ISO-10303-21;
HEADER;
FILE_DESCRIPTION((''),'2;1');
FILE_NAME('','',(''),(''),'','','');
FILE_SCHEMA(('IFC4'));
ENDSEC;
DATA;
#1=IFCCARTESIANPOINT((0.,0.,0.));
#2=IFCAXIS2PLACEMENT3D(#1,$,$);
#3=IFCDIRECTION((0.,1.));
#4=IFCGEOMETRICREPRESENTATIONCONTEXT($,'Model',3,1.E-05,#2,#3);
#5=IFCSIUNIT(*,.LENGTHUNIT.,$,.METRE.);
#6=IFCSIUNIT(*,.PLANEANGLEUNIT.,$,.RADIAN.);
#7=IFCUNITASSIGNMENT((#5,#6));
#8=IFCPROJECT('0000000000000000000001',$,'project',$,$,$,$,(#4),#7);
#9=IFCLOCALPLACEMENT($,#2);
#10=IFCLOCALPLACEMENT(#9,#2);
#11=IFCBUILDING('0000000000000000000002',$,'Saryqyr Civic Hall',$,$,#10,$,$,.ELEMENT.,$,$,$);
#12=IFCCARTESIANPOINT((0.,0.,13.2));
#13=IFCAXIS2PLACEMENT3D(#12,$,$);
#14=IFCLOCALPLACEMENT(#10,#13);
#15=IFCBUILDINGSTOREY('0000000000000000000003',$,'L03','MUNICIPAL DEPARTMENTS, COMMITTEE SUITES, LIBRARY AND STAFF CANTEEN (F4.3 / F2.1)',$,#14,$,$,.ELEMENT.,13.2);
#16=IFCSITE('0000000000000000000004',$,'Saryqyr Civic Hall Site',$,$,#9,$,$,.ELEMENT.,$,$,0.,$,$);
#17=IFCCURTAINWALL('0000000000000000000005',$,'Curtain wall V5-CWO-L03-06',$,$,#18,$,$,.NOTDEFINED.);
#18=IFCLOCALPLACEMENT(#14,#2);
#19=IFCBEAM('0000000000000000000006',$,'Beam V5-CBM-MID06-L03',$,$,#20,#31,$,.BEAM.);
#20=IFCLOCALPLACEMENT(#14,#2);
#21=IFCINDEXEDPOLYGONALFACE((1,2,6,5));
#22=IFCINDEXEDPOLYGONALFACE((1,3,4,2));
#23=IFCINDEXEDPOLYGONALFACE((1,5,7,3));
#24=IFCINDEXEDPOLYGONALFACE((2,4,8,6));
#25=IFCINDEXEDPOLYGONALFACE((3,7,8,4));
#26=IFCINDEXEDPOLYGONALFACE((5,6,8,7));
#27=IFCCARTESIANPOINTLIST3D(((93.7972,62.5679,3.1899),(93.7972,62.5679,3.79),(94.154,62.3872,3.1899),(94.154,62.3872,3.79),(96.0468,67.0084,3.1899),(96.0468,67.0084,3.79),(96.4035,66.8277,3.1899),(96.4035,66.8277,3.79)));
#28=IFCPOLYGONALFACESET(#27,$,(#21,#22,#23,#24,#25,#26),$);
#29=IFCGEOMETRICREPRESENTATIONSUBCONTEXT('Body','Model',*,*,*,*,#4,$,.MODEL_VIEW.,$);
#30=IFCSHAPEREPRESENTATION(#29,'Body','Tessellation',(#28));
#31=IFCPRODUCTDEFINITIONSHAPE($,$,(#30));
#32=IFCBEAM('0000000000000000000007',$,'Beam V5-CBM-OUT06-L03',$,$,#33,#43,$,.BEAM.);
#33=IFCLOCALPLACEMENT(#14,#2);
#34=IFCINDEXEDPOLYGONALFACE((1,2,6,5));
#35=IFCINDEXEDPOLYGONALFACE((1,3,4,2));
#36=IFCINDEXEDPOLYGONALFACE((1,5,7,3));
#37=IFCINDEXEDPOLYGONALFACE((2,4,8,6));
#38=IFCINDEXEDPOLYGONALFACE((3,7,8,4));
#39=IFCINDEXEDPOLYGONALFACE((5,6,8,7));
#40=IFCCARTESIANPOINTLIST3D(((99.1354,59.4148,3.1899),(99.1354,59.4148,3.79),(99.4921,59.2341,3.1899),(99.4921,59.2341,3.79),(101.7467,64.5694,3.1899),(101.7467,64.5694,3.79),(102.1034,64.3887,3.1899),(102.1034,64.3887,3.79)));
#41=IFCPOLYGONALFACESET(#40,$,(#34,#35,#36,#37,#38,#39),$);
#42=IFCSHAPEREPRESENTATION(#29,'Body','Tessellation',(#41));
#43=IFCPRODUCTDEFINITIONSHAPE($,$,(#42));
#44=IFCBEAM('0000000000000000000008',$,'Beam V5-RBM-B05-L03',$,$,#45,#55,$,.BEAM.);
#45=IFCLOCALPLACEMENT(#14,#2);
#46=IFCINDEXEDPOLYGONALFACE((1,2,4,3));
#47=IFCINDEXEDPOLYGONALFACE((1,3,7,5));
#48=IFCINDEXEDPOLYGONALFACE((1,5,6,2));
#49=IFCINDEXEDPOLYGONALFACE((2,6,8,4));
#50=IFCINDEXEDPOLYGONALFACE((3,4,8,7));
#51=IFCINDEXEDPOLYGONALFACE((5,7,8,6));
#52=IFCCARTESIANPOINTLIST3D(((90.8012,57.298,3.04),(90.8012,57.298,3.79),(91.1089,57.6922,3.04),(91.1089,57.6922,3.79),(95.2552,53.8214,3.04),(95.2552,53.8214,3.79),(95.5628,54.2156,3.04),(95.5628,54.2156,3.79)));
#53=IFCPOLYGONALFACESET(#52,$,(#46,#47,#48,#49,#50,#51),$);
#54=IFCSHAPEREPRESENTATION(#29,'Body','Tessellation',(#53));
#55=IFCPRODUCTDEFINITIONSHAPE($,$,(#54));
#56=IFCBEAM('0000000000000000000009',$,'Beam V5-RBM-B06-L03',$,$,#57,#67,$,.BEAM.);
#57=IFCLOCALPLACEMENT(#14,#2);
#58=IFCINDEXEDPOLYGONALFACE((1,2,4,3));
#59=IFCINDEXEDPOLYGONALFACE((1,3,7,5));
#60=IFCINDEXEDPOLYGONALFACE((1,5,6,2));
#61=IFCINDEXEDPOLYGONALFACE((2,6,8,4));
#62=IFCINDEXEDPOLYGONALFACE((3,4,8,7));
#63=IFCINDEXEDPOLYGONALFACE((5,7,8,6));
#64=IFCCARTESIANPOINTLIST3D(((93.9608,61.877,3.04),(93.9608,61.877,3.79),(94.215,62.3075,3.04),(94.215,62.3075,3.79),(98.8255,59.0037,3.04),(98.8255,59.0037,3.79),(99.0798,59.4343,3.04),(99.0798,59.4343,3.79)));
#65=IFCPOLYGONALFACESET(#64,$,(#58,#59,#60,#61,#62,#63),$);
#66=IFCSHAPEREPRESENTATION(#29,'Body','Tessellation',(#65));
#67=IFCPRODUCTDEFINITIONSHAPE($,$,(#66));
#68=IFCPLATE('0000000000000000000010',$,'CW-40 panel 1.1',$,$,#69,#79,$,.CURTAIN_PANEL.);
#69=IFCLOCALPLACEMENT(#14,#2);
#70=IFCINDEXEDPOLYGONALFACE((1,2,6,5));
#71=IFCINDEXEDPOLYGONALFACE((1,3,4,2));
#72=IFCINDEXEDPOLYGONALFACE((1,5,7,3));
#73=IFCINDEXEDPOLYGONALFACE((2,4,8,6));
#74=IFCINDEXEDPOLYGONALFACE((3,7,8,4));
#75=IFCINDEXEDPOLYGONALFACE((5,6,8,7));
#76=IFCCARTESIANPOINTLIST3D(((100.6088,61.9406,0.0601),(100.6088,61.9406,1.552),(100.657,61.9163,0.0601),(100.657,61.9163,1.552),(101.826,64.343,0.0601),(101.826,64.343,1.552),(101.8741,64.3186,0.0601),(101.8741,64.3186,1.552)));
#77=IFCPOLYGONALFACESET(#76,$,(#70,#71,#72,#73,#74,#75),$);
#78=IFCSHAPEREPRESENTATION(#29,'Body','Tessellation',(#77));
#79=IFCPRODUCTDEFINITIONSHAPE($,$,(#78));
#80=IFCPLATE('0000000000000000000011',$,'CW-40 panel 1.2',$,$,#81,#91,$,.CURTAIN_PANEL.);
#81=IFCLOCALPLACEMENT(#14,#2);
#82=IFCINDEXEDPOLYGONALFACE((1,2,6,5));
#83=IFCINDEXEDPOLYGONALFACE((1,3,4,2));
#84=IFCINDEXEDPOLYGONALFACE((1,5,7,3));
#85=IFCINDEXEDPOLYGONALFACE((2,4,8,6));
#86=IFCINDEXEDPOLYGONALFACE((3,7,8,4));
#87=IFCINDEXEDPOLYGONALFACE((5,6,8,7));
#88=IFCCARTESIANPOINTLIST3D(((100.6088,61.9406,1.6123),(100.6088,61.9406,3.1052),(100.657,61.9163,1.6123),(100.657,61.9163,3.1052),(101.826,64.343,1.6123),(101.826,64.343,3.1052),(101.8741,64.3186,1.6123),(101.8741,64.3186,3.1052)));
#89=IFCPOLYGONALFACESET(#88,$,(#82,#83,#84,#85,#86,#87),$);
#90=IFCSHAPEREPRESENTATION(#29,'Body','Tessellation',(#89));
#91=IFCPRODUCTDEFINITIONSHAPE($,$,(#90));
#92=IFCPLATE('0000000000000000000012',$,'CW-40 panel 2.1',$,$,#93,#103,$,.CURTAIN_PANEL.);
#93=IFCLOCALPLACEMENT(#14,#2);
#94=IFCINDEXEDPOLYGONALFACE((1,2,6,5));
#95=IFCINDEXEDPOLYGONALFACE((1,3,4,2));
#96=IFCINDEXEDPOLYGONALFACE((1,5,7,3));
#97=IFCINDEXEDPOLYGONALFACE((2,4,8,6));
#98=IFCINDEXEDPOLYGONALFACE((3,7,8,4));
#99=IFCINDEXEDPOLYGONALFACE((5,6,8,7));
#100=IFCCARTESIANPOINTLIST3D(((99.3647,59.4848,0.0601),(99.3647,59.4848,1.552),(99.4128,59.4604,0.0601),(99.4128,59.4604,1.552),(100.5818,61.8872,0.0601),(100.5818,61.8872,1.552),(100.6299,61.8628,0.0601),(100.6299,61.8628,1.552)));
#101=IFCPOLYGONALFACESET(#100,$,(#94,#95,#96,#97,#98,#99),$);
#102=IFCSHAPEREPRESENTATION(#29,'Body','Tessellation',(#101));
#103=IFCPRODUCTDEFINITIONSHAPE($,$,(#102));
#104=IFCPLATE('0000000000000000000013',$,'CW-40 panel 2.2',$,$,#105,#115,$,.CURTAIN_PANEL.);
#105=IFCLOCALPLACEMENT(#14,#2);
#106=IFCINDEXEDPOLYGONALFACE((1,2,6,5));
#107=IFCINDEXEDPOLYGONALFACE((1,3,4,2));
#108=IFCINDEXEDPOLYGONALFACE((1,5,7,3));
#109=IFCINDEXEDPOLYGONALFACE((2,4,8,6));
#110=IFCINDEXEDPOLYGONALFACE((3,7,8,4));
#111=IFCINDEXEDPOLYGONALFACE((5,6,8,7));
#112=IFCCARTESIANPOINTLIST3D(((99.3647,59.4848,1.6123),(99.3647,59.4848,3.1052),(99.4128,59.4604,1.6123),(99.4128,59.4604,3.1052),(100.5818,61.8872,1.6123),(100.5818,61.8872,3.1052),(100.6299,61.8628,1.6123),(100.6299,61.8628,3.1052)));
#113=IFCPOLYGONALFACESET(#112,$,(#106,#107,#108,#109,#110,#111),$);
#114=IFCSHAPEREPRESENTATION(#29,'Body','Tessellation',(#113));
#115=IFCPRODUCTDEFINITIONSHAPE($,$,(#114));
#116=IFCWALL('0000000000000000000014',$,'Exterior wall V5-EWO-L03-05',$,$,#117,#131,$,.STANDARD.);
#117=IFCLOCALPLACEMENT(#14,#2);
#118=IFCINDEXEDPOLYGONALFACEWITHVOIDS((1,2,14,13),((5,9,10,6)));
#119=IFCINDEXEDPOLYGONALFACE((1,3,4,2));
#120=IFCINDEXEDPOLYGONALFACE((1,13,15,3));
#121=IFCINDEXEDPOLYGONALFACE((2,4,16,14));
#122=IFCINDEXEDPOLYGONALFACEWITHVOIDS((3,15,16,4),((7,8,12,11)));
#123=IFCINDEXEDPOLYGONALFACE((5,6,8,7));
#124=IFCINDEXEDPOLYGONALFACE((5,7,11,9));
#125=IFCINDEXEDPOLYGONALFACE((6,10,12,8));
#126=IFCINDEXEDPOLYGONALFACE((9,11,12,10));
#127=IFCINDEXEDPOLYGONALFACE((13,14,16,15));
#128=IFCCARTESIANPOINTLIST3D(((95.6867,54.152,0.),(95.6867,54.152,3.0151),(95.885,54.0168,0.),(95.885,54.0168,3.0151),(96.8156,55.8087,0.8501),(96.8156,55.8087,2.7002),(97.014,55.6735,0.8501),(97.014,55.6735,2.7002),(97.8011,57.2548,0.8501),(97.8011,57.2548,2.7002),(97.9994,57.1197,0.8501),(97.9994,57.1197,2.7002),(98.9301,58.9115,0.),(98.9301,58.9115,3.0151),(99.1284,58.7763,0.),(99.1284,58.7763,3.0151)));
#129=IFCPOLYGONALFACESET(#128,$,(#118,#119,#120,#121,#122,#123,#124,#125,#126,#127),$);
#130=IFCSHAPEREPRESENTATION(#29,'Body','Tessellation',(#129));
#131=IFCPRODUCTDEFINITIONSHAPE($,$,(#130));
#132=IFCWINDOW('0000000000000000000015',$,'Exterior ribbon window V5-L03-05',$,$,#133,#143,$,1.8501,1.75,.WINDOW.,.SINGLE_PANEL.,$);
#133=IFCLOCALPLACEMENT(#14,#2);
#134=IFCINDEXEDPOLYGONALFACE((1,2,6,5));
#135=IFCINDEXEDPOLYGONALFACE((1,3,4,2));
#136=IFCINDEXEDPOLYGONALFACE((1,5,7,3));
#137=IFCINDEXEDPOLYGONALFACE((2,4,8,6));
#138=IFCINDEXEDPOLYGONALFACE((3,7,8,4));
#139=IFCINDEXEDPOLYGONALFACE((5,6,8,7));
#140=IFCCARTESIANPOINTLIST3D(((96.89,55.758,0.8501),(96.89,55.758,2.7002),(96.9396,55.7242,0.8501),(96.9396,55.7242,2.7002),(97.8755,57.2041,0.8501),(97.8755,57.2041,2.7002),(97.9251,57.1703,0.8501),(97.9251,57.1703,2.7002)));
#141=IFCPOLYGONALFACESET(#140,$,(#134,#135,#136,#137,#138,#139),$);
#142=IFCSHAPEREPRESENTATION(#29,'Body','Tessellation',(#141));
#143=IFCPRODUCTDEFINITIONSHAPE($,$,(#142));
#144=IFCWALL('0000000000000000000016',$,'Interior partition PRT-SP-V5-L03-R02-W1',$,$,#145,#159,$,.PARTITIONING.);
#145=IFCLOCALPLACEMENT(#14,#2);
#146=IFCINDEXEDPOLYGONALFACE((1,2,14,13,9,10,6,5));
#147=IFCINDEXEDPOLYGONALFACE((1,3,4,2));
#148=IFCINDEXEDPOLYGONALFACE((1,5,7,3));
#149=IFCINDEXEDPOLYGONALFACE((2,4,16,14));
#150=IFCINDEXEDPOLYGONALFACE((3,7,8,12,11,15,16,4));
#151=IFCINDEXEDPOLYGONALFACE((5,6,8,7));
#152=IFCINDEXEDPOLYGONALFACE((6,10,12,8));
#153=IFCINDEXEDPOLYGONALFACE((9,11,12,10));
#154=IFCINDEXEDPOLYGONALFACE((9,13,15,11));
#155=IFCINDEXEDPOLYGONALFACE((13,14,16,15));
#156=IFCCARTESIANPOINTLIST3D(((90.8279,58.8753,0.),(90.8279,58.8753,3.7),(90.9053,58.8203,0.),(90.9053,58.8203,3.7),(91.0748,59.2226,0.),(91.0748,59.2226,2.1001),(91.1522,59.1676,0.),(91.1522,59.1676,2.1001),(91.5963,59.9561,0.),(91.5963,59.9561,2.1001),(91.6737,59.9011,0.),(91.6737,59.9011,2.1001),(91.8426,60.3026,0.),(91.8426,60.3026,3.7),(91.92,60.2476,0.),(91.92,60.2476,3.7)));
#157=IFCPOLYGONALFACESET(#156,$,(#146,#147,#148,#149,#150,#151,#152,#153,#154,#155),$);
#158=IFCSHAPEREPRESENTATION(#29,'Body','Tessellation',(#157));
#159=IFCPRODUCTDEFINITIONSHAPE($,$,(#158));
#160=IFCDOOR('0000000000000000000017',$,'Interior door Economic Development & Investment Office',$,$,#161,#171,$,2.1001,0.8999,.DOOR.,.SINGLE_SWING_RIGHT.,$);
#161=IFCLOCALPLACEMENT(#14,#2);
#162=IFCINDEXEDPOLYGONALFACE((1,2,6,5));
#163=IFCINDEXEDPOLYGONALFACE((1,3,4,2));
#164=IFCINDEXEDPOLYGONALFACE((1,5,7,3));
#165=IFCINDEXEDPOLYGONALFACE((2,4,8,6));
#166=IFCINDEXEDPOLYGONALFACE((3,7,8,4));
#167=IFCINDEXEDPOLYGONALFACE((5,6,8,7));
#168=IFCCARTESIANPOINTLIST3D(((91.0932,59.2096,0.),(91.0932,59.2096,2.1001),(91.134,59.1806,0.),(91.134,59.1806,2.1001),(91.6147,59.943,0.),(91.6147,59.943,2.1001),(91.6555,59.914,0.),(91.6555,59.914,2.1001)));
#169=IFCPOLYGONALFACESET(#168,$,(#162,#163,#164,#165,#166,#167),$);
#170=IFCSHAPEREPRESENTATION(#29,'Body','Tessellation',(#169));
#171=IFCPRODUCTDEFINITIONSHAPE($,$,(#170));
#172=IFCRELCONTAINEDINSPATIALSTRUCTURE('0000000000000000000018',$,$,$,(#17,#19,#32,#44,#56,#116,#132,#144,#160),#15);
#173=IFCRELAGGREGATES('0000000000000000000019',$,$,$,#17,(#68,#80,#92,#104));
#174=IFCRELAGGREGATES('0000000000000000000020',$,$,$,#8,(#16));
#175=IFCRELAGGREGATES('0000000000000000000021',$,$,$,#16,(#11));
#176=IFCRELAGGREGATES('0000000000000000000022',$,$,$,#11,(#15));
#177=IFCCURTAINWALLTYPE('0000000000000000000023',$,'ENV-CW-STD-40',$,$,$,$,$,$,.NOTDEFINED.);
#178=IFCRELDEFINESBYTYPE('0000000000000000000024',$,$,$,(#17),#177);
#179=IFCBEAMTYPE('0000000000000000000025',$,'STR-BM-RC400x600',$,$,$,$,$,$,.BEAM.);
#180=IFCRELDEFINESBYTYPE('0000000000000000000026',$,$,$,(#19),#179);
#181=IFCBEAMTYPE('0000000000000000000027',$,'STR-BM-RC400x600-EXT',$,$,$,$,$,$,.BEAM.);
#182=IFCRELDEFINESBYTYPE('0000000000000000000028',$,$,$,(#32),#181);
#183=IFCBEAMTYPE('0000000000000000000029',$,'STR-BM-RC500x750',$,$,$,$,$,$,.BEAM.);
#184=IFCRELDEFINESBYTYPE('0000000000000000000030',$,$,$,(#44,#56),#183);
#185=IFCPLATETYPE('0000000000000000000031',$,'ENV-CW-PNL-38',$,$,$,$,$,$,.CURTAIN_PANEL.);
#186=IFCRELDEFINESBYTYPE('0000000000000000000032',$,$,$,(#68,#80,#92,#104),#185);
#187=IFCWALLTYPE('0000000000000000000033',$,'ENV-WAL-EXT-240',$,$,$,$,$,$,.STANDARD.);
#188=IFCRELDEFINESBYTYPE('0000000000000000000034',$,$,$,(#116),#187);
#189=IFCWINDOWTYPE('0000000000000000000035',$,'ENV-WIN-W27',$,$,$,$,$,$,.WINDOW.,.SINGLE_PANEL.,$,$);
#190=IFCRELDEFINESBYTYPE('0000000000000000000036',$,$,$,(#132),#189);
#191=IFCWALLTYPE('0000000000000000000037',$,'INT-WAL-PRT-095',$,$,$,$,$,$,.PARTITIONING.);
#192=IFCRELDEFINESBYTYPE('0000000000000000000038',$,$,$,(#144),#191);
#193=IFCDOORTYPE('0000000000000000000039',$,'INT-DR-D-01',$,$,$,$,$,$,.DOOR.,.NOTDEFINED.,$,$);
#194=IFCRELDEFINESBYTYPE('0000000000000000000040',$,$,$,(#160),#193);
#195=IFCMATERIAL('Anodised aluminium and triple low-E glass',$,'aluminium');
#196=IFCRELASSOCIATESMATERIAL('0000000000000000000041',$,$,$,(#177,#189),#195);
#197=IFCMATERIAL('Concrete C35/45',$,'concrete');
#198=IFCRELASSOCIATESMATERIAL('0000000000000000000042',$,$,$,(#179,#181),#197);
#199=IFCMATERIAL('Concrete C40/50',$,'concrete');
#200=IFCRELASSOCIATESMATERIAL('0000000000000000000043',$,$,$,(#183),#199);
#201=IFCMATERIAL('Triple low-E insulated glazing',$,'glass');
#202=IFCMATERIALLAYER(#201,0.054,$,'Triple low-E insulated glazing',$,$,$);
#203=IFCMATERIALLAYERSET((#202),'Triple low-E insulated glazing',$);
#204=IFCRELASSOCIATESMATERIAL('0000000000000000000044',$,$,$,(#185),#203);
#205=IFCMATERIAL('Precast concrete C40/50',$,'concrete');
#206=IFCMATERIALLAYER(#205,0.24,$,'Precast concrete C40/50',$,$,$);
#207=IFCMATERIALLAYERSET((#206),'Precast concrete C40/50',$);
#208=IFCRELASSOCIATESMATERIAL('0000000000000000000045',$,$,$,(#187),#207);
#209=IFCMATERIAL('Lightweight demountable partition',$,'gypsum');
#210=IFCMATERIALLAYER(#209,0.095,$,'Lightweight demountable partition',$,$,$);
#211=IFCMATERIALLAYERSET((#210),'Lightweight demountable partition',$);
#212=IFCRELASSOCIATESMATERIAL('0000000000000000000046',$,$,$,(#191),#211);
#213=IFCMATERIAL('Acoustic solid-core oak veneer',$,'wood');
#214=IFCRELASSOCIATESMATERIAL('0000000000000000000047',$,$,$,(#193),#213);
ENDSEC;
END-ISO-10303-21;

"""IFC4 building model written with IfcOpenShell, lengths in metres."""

from ifc_helpers import new_model, si_unit, direction, frame, frame_2d, origin, origin_2d, place, context, subcontext, project, spatial, rectangle, extrude, material, layer, layer_set, material_profile, profile_set, type_object, element, fill, aggregate, save


model = new_model("IFC4")

# Units and contexts
model_context = context("Model", 3, precision=1e-05, world=origin(), true_north=direction((0.0, 1.0)))
body_context = subcontext(model_context, "Body", "Model", "MODEL_VIEW")
ifc_project = project(units=[si_unit("LENGTHUNIT", "METRE"), si_unit("PLANEANGLEUNIT", "RADIAN")], contexts=[model_context])

# Site, building, storey
site_placement = place(None, origin())
site = spatial("IfcSite", under=ifc_project, at=site_placement, Name="Saryqyr Civic Hall Site", CompositionType="ELEMENT", RefElevation=0.0)
building_placement = place(site_placement, origin())
building = spatial("IfcBuilding", under=site, at=building_placement, Name="Saryqyr Civic Hall", CompositionType="ELEMENT")
storey_placement = place(building_placement, frame((0.0, 0.0, 13.2)))
storey = spatial("IfcBuildingStorey", under=building, at=storey_placement, Name="L03", Description="MUNICIPAL DEPARTMENTS, COMMITTEE SUITES, LIBRARY AND STAFF CANTEEN (F4.3 / F2.1)", CompositionType="ELEMENT", Elevation=13.2)

# Shared definitions
ifc_material_1 = material(Name="Concrete C40/50", Category="concrete")

# Curtain wall
ifc_material_2 = material(Name="Anodised aluminium and triple low-E glass", Category="aluminium")
curtain_wall_type = type_object("IfcCurtainWallType", Name="ENV-CW-STD-40", PredefinedType="NOTDEFINED", material=ifc_material_2)
curtain_wall_placement = place(storey_placement, origin())
curtain_wall = element("IfcCurtainWall", 1, at=curtain_wall_placement, inside=storey, type_object=curtain_wall_type, Name="Curtain wall V5-CWO-L03-06", PredefinedType="NOTDEFINED")

# Beams
ifc_material_3 = material(Name="Concrete C35/45", Category="concrete")
ifc_material_profile_1 = material_profile(ifc_material_3, rectangle(XDim=0.3999, YDim=0.6001, at=origin_2d()), Name="RC 400x600")
ifc_profile_set_1 = profile_set([ifc_material_profile_1], Name="Concrete C35/45")
beam_type_1 = type_object("IfcBeamType", Name="STR-BM-RC400x600", PredefinedType="BEAM", material=ifc_profile_set_1)
beam_1_placement = place(storey_placement, frame((93.9756, 62.4775, 3.49), z_axis=(0.451916, 0.892061, 0.0), x_axis=(-0.892061, 0.451916, 0.0)))
element("IfcBeam", 2, at=beam_1_placement, inside=storey, type_object=beam_type_1, Name="Beam V5-CBM-MID06-L03", PredefinedType="BEAM", context=body_context, shape_type="SweptSolid", body=[
    extrude(rectangle(XDim=0.3999, YDim=0.6001, at=origin_2d()), origin(), (0.0, 0.0, 1.0), 4.9778),
])
ifc_material_profile_2 = material_profile(ifc_material_3, rectangle(XDim=0.3999, YDim=0.6001, at=origin_2d()), Name="RC 400x600")
ifc_profile_set_2 = profile_set([ifc_material_profile_2], Name="Concrete C35/45")
beam_type_2 = type_object("IfcBeamType", Name="STR-BM-RC400x600-EXT", PredefinedType="BEAM", material=ifc_profile_set_2)
beam_2_placement = place(storey_placement, frame((99.3137, 59.3245, 3.49), z_axis=(0.451923, 0.892057, 0.0), x_axis=(-0.892057, 0.451923, 0.0)))
element("IfcBeam", 3, at=beam_2_placement, inside=storey, type_object=beam_type_2, Name="Beam V5-CBM-OUT06-L03", PredefinedType="BEAM", context=body_context, shape_type="SweptSolid", body=[
    extrude(rectangle(XDim=0.3999, YDim=0.6001, at=origin_2d()), origin(), (0.0, 0.0, 1.0), 5.7783),
])
ifc_material_profile_3 = material_profile(ifc_material_1, rectangle(XDim=0.5, YDim=0.75, at=origin_2d()), Name="RC 500x750")
ifc_profile_set_3 = profile_set([ifc_material_profile_3], Name="Concrete C40/50")
beam_type_3 = type_object("IfcBeamType", Name="STR-BM-RC500x750", PredefinedType="BEAM", material=ifc_profile_set_3)
beam_3_placement = place(storey_placement, frame((90.9551, 57.4951, 3.415), z_axis=(0.788283, -0.615313, 0.0), x_axis=(0.615313, 0.788283, 0.0)))
element("IfcBeam", 4, at=beam_3_placement, inside=storey, type_object=beam_type_3, Name="Beam V5-RBM-B05-L03", PredefinedType="BEAM", context=body_context, shape_type="SweptSolid", body=[
    extrude(rectangle(XDim=0.5, YDim=0.75, at=origin_2d()), origin(), (0.0, 0.0, 1.0), 5.6501),
])
beam_4_placement = place(storey_placement, frame((94.0879, 62.0923, 3.415), z_axis=(0.86103, -0.508555, 0.0), x_axis=(0.508555, 0.86103, 0.0)))
element("IfcBeam", 5, at=beam_4_placement, inside=storey, type_object=beam_type_3, Name="Beam V5-RBM-B06-L03", PredefinedType="BEAM", context=body_context, shape_type="SweptSolid", body=[
    extrude(rectangle(XDim=0.5, YDim=0.75, at=origin_2d()), origin(), (0.0, 0.0, 1.0), 5.6499),
])

# Plates
ifc_material_4 = material(Name="Triple low-E insulated glazing", Category="glass")
ifc_layer_1 = layer(ifc_material_4, 0.054, Name="Triple low-E insulated glazing")
ifc_layer_set_1 = layer_set([ifc_layer_1], Name="Triple low-E insulated glazing")
plate_type = type_object("IfcPlateType", Name="ENV-CW-PNL-38", PredefinedType="CURTAIN_PANEL", material=ifc_layer_set_1)
plate_1_placement = place(storey_placement, frame((101.2415, 63.1296, 0.0601), z_axis=(0.0, 0.0, 1.0), x_axis=(-0.451943, -0.892047, 0.0)))
plate_1 = element("IfcPlate", 6, at=plate_1_placement, type_object=plate_type, Name="CW-40 panel 1.1", PredefinedType="CURTAIN_PANEL", context=body_context, shape_type="SweptSolid", body=[
    extrude(rectangle(XDim=2.6931, YDim=0.054, at=origin_2d()), origin(), (0.0, 0.0, 1.0), 1.4919),
])
plate_2_placement = place(storey_placement, frame((101.2415, 63.1296, 1.6123), z_axis=(0.0, 0.0, 1.0), x_axis=(-0.451943, -0.892047, 0.0)))
plate_2 = element("IfcPlate", 7, at=plate_2_placement, type_object=plate_type, Name="CW-40 panel 1.2", PredefinedType="CURTAIN_PANEL", context=body_context, shape_type="SweptSolid", body=[
    extrude(rectangle(XDim=2.6931, YDim=0.054, at=origin_2d()), origin(), (0.0, 0.0, 1.0), 1.4929),
])
plate_3_placement = place(storey_placement, frame((99.9973, 60.6738, 0.0601), z_axis=(0.0, 0.0, 1.0), x_axis=(-0.451943, -0.892047, 0.0)))
plate_3 = element("IfcPlate", 8, at=plate_3_placement, type_object=plate_type, Name="CW-40 panel 2.1", PredefinedType="CURTAIN_PANEL", context=body_context, shape_type="SweptSolid", body=[
    extrude(rectangle(XDim=2.6931, YDim=0.054, at=origin_2d()), origin(), (0.0, 0.0, 1.0), 1.4919),
])
plate_4_placement = place(storey_placement, frame((99.9973, 60.6738, 1.6123), z_axis=(0.0, 0.0, 1.0), x_axis=(-0.451943, -0.892047, 0.0)))
plate_4 = element("IfcPlate", 9, at=plate_4_placement, type_object=plate_type, Name="CW-40 panel 2.2", PredefinedType="CURTAIN_PANEL", context=body_context, shape_type="SweptSolid", body=[
    extrude(rectangle(XDim=2.6931, YDim=0.054, at=origin_2d()), origin(), (0.0, 0.0, 1.0), 1.4929),
])
aggregate(curtain_wall, [plate_1, plate_2, plate_3, plate_4])

# Wall, opening, window
ifc_material_5 = material(Name="Precast concrete C40/50", Category="concrete")
ifc_layer_2 = layer(ifc_material_5, 0.24, Name="Precast concrete C40/50")
ifc_layer_set_2 = layer_set([ifc_layer_2], Name="Precast concrete C40/50")
wall_type_1 = type_object("IfcWallType", Name="ENV-WAL-EXT-240", PredefinedType="STANDARD", material=ifc_layer_set_2)
wall_1_placement = place(storey_placement, frame((99.0293, 58.844, 0.0), z_axis=(0.0, 0.0, 1.0), x_axis=(-0.563133, -0.826366, 0.0)))
wall_1 = element("IfcWall", 10, at=wall_1_placement, inside=storey, type_object=wall_type_1, Name="Exterior wall V5-EWO-L03-05", PredefinedType="STANDARD", context=body_context, shape_type="SweptSolid", body=[
    extrude(rectangle(XDim=5.7595, YDim=0.24, at=frame_2d((2.8799, 0.0))), origin(), (0.0, 0.0, 1.0), 3.0151),
])
opening_1_placement = place(wall_1_placement, frame((2.0049, 0.0, 0.8501)))
opening_1 = element("IfcOpeningElement", 11, at=opening_1_placement, cuts=wall_1, PredefinedType="OPENING", context=body_context, shape_type="SweptSolid", body=[
    extrude(rectangle(XDim=1.75, YDim=1.8501, at=frame_2d((0.875, 0.925))), frame((0.0, 0.1299, 0.0), z_axis=(0.0, -1.0, 0.0), x_axis=(1.0, 0.0, 0.0)), (0.0, 0.0, 1.0), 0.26),
])
window_type = type_object("IfcWindowType", Name="ENV-WIN-W27", PartitioningType="SINGLE_PANEL", PredefinedType="WINDOW", material=ifc_material_2)
window_placement = place(opening_1_placement, origin())
window = element("IfcWindow", 12, at=window_placement, inside=storey, type_object=window_type, Name="Exterior ribbon window V5-L03-05", OverallHeight=1.8501, OverallWidth=1.75, PartitioningType="SINGLE_PANEL", PredefinedType="WINDOW", context=body_context, shape_type="SweptSolid", body=[
    extrude(rectangle(XDim=1.75, YDim=1.8501, at=frame_2d((0.875, 0.925))), frame((0.0, 0.03, 0.0), z_axis=(0.0, -1.0, 0.0), x_axis=(1.0, 0.0, 0.0)), (0.0, 0.0, 1.0), 0.0601),
])
fill(opening_1, window)

# Wall, opening, door
ifc_material_6 = material(Name="Lightweight demountable partition", Category="gypsum")
ifc_layer_3 = layer(ifc_material_6, 0.095, Name="Lightweight demountable partition")
ifc_layer_set_3 = layer_set([ifc_layer_3], Name="Lightweight demountable partition")
wall_type_2 = type_object("IfcWallType", Name="INT-WAL-PRT-095", PredefinedType="PARTITIONING", material=ifc_layer_set_3)
wall_2_placement = place(storey_placement, frame((90.8667, 58.8479, 0.0), z_axis=(0.0, 0.0, 1.0), x_axis=(0.579417, 0.815031, 0.0)))
wall_2 = element("IfcWall", 13, at=wall_2_placement, inside=storey, type_object=wall_type_2, Name="Interior partition PRT-SP-V5-L03-R02-W1", PredefinedType="PARTITIONING", context=body_context, shape_type="SweptSolid", body=[
    extrude(rectangle(XDim=1.7512, YDim=0.095, at=frame_2d((0.8755, 0.0))), origin(), (0.0, 0.0, 1.0), 3.7),
])
opening_2_placement = place(wall_2_placement, frame((0.426, 0.0, 0.0)))
opening_2 = element("IfcOpeningElement", 14, at=opening_2_placement, cuts=wall_2, PredefinedType="OPENING", context=body_context, shape_type="SweptSolid", body=[
    extrude(rectangle(XDim=0.8999, YDim=2.1001, at=frame_2d((0.45, 1.05))), frame((0.0, 0.0574, 0.0), z_axis=(0.0, -1.0, 0.0), x_axis=(1.0, 0.0, 0.0)), (0.0, 0.0, 1.0), 0.115),
])
ifc_material_7 = material(Name="Acoustic solid-core oak veneer", Category="wood")
door_type = type_object("IfcDoorType", Name="INT-DR-D-01", OperationType="NOTDEFINED", PredefinedType="DOOR", material=ifc_material_7)
door_placement = place(opening_2_placement, origin())
door = element("IfcDoor", 15, at=door_placement, inside=storey, type_object=door_type, Name="Interior door Economic Development & Investment Office", OperationType="SINGLE_SWING_RIGHT", OverallHeight=2.1001, OverallWidth=0.8999, PredefinedType="DOOR", context=body_context, shape_type="SweptSolid", body=[
    extrude(rectangle(XDim=0.8999, YDim=2.1001, at=frame_2d((0.45, 1.05))), frame((0.0, 0.0249, 0.0), z_axis=(0.0, -1.0, 0.0), x_axis=(1.0, 0.0, 0.0)), (0.0, 0.0, 1.0), 0.05),
])
fill(opening_2, door)

save(model, "model.ifc")
